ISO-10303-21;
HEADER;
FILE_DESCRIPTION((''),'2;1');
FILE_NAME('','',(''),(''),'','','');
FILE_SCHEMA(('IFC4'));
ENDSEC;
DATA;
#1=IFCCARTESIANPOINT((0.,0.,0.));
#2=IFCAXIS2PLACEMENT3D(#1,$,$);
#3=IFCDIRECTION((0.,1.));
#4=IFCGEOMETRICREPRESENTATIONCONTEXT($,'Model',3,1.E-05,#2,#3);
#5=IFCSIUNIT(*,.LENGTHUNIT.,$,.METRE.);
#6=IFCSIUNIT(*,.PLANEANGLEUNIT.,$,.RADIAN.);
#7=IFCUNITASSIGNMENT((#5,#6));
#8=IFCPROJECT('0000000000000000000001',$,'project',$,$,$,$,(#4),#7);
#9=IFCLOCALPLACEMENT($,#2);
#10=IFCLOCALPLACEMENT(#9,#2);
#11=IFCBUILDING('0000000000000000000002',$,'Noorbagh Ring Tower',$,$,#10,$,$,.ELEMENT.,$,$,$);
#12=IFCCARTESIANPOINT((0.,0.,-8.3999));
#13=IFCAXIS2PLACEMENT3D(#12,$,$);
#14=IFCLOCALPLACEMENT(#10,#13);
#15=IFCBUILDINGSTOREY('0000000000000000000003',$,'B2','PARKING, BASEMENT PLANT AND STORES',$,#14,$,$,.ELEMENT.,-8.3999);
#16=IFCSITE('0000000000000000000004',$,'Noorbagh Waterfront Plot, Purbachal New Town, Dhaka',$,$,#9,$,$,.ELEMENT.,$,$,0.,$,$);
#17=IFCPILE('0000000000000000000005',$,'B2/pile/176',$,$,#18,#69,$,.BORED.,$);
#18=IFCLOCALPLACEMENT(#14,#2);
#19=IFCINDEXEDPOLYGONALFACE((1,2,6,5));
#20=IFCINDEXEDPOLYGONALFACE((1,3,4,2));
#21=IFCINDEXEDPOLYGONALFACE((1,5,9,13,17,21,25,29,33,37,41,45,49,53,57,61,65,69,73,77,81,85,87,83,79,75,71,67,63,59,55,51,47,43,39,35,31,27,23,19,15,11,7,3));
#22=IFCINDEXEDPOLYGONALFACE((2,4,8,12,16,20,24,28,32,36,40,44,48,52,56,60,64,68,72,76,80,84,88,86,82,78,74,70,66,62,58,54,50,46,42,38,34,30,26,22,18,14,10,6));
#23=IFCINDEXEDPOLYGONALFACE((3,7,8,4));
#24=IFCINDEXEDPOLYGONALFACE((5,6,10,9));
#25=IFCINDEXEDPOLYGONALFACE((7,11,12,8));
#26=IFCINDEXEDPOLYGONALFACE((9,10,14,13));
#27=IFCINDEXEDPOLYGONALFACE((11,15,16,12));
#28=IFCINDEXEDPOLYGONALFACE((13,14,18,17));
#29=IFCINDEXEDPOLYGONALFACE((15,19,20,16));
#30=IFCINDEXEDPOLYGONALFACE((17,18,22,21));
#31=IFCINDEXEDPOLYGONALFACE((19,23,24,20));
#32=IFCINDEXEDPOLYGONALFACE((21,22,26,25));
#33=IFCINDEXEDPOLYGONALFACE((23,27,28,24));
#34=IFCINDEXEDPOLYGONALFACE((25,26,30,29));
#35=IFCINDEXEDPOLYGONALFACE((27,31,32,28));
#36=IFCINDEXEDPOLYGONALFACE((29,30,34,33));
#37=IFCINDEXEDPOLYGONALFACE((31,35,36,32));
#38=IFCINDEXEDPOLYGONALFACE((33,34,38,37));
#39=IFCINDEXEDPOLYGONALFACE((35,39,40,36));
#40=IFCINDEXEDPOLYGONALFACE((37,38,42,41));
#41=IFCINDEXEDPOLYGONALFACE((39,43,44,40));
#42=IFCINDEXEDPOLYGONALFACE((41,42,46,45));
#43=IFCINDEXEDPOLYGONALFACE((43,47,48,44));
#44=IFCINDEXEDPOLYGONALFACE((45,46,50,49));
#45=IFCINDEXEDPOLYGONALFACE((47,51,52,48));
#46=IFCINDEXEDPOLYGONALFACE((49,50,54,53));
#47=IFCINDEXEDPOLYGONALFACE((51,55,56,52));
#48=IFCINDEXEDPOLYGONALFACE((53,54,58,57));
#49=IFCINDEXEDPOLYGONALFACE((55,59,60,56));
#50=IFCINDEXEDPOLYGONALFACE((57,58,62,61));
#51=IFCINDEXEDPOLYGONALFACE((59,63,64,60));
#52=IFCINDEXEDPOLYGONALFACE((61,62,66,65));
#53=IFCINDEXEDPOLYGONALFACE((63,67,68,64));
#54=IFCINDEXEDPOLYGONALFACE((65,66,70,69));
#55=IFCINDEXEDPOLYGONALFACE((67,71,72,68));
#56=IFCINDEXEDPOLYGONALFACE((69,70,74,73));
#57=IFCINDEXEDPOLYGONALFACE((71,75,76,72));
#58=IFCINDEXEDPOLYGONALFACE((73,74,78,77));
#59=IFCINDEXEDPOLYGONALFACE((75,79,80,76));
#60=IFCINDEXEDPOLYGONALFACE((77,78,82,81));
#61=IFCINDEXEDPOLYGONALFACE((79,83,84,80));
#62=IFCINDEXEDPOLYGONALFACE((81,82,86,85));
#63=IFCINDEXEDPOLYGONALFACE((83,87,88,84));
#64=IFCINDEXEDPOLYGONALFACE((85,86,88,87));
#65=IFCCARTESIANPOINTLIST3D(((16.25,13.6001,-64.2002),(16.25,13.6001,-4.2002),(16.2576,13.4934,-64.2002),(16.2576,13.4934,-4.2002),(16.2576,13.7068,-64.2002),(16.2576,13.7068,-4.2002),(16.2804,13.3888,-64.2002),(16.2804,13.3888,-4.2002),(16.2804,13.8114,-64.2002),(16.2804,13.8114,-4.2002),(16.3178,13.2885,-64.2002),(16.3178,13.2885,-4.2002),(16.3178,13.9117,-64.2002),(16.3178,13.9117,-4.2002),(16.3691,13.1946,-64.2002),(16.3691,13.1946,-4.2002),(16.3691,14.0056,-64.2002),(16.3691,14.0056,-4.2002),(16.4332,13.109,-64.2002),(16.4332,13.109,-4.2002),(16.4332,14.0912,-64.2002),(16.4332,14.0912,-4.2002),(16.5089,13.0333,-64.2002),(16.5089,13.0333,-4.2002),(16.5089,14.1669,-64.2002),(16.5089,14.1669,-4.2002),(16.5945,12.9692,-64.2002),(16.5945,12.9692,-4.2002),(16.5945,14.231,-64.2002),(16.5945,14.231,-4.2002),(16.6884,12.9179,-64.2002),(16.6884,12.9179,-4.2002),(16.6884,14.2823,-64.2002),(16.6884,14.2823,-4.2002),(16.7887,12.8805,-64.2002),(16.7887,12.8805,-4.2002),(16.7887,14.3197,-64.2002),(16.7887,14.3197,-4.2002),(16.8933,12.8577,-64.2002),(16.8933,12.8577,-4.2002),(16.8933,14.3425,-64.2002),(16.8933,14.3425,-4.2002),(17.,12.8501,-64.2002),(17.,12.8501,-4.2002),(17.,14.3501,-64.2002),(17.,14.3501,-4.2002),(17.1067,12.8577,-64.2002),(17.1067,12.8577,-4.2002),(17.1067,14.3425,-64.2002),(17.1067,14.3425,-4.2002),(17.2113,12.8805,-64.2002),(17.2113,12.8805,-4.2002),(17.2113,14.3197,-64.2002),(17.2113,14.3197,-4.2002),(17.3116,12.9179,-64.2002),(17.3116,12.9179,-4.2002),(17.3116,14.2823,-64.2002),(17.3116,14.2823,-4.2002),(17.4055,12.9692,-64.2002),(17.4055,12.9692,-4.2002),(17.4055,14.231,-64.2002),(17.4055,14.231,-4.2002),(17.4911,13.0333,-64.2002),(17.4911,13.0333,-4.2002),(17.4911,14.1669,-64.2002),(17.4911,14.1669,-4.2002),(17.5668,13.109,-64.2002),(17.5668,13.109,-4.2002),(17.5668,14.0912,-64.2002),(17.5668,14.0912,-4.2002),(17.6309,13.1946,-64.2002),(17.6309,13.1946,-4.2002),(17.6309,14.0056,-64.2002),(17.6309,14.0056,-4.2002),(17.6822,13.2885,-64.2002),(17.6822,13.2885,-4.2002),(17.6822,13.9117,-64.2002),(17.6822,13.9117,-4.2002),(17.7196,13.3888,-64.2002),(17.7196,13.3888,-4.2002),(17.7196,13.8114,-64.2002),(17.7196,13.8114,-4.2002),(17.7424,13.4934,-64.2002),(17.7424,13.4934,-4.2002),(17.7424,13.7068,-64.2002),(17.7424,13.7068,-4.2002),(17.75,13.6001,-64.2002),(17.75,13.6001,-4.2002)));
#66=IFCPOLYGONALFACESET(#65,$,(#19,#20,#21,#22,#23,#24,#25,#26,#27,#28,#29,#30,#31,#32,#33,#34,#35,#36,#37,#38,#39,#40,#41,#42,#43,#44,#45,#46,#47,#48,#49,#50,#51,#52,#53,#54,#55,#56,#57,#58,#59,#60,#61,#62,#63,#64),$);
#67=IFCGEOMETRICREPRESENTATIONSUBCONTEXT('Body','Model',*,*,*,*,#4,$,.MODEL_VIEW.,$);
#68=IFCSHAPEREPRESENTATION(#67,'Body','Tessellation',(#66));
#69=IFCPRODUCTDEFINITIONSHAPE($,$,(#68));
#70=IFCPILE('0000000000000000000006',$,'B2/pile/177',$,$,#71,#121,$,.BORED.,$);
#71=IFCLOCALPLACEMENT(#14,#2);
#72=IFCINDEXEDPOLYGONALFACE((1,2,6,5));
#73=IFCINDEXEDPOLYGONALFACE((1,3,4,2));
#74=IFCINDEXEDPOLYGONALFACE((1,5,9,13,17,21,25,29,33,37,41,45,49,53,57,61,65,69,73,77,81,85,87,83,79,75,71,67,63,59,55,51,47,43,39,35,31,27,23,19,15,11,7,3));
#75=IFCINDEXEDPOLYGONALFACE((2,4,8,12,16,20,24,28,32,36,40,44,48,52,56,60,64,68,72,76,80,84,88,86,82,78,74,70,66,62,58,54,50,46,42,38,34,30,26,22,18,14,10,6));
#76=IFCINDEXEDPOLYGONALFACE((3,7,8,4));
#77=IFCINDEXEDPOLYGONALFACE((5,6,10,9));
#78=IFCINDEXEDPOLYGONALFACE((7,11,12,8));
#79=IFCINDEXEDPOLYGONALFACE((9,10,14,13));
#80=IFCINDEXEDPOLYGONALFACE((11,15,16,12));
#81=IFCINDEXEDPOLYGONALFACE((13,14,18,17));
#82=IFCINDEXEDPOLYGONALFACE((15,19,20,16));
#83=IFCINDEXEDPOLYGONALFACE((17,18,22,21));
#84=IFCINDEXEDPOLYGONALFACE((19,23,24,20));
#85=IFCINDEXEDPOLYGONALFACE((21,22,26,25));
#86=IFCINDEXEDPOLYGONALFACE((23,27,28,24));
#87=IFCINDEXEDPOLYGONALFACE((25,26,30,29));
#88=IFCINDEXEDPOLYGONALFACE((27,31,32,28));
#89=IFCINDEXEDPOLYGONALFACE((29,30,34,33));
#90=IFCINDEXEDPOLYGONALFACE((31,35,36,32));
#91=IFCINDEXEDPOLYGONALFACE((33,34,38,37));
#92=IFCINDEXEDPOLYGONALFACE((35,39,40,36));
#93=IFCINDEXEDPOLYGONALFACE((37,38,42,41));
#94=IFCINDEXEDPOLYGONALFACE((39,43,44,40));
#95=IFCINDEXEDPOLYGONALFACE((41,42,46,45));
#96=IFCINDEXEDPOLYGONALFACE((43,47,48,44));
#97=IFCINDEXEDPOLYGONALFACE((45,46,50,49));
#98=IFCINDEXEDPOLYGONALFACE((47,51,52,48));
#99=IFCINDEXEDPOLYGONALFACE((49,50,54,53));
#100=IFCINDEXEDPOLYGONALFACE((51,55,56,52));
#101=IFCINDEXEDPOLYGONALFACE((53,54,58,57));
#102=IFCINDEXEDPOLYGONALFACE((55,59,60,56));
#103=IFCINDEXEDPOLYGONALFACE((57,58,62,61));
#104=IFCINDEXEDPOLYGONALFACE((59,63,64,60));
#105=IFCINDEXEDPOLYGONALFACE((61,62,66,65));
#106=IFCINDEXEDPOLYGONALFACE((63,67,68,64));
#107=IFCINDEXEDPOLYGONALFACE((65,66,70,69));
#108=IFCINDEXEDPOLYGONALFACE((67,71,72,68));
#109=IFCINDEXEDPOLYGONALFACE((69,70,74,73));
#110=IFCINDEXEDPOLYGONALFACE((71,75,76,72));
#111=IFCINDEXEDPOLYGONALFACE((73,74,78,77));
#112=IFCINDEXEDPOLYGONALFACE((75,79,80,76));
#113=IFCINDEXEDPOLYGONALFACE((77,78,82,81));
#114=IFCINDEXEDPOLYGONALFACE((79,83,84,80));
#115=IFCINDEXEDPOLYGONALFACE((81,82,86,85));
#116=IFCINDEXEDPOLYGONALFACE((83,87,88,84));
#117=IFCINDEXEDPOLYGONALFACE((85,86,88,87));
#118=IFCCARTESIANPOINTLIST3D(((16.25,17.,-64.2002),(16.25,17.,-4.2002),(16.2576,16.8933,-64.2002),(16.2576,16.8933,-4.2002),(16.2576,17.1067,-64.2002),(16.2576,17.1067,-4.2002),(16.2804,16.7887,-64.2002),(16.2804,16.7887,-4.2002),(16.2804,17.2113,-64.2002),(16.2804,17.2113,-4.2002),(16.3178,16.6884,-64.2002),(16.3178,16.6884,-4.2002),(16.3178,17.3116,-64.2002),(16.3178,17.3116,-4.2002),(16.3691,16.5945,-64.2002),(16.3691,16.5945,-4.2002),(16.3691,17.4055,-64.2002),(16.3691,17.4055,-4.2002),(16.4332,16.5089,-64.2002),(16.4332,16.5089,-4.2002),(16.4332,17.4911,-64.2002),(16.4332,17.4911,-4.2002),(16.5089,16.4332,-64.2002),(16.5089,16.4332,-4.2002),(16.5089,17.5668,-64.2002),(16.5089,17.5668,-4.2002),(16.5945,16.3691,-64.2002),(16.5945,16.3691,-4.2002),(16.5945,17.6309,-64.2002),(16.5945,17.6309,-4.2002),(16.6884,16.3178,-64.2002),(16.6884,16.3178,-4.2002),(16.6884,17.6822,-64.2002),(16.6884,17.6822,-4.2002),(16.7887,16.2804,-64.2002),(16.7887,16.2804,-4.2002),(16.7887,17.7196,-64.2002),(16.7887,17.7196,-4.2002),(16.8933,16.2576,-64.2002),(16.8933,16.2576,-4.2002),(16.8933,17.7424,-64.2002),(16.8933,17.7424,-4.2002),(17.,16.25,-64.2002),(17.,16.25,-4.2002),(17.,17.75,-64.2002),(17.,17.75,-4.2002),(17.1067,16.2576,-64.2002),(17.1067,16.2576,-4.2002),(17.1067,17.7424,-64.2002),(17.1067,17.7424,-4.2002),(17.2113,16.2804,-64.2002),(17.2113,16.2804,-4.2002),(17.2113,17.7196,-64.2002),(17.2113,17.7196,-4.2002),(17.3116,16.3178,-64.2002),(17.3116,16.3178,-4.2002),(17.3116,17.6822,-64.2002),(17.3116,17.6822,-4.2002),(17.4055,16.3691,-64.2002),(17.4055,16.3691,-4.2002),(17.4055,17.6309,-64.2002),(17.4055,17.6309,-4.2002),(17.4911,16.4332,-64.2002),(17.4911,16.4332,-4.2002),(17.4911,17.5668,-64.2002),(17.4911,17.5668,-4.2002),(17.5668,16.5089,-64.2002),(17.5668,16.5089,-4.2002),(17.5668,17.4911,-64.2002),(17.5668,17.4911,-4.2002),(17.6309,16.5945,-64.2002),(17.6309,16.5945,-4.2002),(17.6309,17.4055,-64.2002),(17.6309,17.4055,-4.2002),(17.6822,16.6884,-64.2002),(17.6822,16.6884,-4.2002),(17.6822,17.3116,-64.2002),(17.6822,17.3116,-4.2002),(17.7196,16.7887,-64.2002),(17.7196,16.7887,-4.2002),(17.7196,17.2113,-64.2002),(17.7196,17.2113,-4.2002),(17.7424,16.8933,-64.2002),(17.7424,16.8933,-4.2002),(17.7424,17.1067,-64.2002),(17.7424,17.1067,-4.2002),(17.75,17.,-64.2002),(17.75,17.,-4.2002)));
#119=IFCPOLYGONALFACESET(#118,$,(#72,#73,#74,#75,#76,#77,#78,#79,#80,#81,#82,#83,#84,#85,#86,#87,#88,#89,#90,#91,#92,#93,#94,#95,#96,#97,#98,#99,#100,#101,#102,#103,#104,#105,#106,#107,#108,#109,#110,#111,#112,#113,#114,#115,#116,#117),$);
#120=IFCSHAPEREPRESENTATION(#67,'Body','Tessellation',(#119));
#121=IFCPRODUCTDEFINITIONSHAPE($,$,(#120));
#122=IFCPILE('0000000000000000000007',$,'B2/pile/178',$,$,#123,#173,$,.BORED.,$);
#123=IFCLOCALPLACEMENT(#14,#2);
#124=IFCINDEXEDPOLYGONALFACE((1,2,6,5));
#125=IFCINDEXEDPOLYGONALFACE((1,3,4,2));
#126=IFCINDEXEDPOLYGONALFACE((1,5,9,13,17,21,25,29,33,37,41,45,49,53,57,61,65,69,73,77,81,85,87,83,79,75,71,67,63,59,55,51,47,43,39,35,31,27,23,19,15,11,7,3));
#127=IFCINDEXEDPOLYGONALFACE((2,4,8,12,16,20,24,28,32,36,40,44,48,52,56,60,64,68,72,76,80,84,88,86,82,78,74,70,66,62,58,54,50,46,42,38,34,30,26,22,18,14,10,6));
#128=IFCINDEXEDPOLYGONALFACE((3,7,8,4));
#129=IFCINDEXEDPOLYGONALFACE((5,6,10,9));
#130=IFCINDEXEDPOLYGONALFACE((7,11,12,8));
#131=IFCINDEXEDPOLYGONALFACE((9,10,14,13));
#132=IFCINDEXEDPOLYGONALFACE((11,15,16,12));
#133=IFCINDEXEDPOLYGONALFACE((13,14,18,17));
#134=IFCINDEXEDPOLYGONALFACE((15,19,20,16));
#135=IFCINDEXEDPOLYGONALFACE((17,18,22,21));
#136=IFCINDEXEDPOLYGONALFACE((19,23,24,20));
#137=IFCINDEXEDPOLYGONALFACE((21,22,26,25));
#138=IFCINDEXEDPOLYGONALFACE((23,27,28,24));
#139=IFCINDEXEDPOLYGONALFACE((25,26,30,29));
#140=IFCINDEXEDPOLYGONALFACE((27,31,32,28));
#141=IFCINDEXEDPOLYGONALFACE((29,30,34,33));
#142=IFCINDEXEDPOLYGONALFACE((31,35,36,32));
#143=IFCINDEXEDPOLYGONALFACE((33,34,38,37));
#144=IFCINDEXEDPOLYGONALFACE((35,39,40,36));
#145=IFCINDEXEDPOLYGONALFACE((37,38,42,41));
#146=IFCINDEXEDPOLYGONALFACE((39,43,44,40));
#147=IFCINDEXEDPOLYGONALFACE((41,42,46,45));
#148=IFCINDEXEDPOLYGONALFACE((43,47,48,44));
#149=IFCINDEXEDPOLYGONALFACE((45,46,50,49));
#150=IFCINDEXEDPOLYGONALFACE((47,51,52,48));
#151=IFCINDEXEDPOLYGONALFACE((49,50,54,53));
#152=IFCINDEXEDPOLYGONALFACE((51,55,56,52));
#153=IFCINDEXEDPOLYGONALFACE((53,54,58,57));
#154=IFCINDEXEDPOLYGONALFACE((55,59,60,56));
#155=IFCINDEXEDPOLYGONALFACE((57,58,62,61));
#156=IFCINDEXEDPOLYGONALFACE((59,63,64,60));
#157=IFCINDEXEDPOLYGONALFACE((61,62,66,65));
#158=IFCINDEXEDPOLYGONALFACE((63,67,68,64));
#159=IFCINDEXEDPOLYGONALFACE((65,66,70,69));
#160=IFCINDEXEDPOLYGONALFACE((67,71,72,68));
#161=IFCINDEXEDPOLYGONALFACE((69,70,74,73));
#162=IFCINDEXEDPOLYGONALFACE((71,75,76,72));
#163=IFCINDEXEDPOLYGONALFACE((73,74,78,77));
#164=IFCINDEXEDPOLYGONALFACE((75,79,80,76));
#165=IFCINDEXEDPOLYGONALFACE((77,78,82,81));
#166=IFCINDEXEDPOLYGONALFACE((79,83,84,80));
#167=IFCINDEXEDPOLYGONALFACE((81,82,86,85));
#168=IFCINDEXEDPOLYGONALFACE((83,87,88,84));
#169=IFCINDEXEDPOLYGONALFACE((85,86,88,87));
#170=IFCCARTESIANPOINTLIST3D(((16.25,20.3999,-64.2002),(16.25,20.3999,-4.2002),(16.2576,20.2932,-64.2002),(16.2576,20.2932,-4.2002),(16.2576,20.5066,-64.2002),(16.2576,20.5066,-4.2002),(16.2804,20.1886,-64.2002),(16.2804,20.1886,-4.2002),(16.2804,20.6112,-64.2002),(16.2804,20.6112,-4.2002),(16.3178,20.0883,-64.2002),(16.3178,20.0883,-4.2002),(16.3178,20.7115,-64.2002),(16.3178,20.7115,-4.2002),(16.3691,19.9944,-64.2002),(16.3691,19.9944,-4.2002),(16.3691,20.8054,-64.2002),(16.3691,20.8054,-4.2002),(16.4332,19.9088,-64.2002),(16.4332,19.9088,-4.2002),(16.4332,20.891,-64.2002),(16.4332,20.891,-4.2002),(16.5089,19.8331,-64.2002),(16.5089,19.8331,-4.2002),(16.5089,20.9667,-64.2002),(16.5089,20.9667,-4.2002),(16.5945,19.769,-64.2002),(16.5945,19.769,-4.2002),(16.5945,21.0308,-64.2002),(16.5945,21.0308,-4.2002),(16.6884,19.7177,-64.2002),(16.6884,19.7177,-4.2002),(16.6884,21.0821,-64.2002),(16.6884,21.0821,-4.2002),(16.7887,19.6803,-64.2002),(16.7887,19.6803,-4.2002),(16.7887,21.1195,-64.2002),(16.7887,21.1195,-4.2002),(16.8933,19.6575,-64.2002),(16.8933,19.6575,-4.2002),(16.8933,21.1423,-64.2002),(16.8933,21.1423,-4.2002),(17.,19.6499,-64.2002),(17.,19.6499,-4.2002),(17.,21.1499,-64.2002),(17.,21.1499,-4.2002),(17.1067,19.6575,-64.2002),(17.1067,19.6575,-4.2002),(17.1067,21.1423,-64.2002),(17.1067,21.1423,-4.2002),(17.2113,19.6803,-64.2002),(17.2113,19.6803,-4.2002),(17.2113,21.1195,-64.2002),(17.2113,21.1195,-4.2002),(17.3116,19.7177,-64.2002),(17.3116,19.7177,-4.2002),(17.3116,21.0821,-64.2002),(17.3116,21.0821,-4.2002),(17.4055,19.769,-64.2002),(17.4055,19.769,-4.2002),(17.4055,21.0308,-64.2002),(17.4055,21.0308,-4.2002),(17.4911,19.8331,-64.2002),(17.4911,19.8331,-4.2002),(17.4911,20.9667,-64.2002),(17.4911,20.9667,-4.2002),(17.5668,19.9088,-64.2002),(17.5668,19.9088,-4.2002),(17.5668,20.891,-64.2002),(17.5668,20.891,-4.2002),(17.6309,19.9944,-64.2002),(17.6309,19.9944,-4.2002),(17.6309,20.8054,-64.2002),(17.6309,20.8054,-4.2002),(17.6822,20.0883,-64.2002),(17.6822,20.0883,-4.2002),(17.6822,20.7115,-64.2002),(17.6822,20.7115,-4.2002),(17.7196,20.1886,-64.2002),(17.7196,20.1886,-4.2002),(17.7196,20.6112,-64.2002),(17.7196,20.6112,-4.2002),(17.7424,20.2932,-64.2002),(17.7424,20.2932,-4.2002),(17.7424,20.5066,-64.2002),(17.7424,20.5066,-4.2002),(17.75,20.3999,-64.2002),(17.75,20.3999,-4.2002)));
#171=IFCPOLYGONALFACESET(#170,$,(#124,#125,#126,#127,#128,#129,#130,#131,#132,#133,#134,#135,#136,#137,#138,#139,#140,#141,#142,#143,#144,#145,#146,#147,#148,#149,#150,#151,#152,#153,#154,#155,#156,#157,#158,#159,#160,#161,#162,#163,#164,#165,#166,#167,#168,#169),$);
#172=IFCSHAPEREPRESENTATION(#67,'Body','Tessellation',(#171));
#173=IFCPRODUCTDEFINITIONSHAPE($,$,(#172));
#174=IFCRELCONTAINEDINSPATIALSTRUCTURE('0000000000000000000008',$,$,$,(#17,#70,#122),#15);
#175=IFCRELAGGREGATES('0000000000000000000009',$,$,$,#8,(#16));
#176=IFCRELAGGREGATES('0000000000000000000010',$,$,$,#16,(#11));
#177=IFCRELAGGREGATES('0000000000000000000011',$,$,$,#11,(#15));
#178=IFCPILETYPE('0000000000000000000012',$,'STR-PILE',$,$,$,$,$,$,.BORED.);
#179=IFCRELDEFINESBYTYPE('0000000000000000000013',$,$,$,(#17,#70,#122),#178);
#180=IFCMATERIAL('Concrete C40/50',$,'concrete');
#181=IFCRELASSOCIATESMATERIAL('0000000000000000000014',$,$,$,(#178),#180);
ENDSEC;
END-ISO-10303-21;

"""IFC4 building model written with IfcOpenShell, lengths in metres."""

from ifc_helpers import new_model, si_unit, direction, frame, origin, origin_2d, place, context, subcontext, project, spatial, circle, extrude, material, material_profile, profile_set, type_object, element, save


model = new_model("IFC4")

# Units and contexts
model_context = context("Model", 3, precision=1e-05, world=origin(), true_north=direction((0.0, 1.0)))
body_context = subcontext(model_context, "Body", "Model", "MODEL_VIEW")
ifc_project = project(units=[si_unit("LENGTHUNIT", "METRE"), si_unit("PLANEANGLEUNIT", "RADIAN")], contexts=[model_context])

# Site, building, storey
site_placement = place(None, origin())
site = spatial("IfcSite", under=ifc_project, at=site_placement, Name="Noorbagh Waterfront Plot, Purbachal New Town, Dhaka", CompositionType="ELEMENT", RefElevation=0.0)
building_placement = place(site_placement, origin())
building = spatial("IfcBuilding", under=site, at=building_placement, Name="Noorbagh Ring Tower", CompositionType="ELEMENT")
storey_placement = place(building_placement, frame((0.0, 0.0, -8.3999)))
storey = spatial("IfcBuildingStorey", under=building, at=storey_placement, Name="B2", Description="PARKING, BASEMENT PLANT AND STORES", CompositionType="ELEMENT", Elevation=-8.3999)

# Piles
ifc_material_1 = material(Name="Concrete C40/50", Category="concrete")
ifc_material_profile_1 = material_profile(ifc_material_1, circle(Radius=0.75, at=origin_2d()), Name="PILE1500")
ifc_profile_set_1 = profile_set([ifc_material_profile_1], Name="Concrete C40/50")
pile_type = type_object("IfcPileType", Name="STR-PILE", PredefinedType="BORED", material=ifc_profile_set_1)
for number, where, z_axis, x_axis, name in (
    (1, (17.0, 13.6001, -4.2002), (0.0, 0.0, -1.0), (1.0, 0.0, 0.0), "B2/pile/176"),
    (2, (17.0, 17.0, -4.2002), (0.0, 0.0, -1.0), (1.0, 0.0, 0.0), "B2/pile/177"),
    (3, (17.0, 20.3999, -4.2002), (0.0, 0.0, -1.0), (1.0, 0.0, 0.0), "B2/pile/178"),
):
    element("IfcPile", number, at=place(storey_placement, frame(where, z_axis=z_axis, x_axis=x_axis)), inside=storey, type_object=pile_type, Name=name, PredefinedType="BORED", context=body_context, shape_type="SweptSolid", body=[
        extrude(circle(Radius=0.75, at=origin_2d()), origin(), (0.0, 0.0, 1.0), 60.0),
    ])

save(model, "model.ifc")
